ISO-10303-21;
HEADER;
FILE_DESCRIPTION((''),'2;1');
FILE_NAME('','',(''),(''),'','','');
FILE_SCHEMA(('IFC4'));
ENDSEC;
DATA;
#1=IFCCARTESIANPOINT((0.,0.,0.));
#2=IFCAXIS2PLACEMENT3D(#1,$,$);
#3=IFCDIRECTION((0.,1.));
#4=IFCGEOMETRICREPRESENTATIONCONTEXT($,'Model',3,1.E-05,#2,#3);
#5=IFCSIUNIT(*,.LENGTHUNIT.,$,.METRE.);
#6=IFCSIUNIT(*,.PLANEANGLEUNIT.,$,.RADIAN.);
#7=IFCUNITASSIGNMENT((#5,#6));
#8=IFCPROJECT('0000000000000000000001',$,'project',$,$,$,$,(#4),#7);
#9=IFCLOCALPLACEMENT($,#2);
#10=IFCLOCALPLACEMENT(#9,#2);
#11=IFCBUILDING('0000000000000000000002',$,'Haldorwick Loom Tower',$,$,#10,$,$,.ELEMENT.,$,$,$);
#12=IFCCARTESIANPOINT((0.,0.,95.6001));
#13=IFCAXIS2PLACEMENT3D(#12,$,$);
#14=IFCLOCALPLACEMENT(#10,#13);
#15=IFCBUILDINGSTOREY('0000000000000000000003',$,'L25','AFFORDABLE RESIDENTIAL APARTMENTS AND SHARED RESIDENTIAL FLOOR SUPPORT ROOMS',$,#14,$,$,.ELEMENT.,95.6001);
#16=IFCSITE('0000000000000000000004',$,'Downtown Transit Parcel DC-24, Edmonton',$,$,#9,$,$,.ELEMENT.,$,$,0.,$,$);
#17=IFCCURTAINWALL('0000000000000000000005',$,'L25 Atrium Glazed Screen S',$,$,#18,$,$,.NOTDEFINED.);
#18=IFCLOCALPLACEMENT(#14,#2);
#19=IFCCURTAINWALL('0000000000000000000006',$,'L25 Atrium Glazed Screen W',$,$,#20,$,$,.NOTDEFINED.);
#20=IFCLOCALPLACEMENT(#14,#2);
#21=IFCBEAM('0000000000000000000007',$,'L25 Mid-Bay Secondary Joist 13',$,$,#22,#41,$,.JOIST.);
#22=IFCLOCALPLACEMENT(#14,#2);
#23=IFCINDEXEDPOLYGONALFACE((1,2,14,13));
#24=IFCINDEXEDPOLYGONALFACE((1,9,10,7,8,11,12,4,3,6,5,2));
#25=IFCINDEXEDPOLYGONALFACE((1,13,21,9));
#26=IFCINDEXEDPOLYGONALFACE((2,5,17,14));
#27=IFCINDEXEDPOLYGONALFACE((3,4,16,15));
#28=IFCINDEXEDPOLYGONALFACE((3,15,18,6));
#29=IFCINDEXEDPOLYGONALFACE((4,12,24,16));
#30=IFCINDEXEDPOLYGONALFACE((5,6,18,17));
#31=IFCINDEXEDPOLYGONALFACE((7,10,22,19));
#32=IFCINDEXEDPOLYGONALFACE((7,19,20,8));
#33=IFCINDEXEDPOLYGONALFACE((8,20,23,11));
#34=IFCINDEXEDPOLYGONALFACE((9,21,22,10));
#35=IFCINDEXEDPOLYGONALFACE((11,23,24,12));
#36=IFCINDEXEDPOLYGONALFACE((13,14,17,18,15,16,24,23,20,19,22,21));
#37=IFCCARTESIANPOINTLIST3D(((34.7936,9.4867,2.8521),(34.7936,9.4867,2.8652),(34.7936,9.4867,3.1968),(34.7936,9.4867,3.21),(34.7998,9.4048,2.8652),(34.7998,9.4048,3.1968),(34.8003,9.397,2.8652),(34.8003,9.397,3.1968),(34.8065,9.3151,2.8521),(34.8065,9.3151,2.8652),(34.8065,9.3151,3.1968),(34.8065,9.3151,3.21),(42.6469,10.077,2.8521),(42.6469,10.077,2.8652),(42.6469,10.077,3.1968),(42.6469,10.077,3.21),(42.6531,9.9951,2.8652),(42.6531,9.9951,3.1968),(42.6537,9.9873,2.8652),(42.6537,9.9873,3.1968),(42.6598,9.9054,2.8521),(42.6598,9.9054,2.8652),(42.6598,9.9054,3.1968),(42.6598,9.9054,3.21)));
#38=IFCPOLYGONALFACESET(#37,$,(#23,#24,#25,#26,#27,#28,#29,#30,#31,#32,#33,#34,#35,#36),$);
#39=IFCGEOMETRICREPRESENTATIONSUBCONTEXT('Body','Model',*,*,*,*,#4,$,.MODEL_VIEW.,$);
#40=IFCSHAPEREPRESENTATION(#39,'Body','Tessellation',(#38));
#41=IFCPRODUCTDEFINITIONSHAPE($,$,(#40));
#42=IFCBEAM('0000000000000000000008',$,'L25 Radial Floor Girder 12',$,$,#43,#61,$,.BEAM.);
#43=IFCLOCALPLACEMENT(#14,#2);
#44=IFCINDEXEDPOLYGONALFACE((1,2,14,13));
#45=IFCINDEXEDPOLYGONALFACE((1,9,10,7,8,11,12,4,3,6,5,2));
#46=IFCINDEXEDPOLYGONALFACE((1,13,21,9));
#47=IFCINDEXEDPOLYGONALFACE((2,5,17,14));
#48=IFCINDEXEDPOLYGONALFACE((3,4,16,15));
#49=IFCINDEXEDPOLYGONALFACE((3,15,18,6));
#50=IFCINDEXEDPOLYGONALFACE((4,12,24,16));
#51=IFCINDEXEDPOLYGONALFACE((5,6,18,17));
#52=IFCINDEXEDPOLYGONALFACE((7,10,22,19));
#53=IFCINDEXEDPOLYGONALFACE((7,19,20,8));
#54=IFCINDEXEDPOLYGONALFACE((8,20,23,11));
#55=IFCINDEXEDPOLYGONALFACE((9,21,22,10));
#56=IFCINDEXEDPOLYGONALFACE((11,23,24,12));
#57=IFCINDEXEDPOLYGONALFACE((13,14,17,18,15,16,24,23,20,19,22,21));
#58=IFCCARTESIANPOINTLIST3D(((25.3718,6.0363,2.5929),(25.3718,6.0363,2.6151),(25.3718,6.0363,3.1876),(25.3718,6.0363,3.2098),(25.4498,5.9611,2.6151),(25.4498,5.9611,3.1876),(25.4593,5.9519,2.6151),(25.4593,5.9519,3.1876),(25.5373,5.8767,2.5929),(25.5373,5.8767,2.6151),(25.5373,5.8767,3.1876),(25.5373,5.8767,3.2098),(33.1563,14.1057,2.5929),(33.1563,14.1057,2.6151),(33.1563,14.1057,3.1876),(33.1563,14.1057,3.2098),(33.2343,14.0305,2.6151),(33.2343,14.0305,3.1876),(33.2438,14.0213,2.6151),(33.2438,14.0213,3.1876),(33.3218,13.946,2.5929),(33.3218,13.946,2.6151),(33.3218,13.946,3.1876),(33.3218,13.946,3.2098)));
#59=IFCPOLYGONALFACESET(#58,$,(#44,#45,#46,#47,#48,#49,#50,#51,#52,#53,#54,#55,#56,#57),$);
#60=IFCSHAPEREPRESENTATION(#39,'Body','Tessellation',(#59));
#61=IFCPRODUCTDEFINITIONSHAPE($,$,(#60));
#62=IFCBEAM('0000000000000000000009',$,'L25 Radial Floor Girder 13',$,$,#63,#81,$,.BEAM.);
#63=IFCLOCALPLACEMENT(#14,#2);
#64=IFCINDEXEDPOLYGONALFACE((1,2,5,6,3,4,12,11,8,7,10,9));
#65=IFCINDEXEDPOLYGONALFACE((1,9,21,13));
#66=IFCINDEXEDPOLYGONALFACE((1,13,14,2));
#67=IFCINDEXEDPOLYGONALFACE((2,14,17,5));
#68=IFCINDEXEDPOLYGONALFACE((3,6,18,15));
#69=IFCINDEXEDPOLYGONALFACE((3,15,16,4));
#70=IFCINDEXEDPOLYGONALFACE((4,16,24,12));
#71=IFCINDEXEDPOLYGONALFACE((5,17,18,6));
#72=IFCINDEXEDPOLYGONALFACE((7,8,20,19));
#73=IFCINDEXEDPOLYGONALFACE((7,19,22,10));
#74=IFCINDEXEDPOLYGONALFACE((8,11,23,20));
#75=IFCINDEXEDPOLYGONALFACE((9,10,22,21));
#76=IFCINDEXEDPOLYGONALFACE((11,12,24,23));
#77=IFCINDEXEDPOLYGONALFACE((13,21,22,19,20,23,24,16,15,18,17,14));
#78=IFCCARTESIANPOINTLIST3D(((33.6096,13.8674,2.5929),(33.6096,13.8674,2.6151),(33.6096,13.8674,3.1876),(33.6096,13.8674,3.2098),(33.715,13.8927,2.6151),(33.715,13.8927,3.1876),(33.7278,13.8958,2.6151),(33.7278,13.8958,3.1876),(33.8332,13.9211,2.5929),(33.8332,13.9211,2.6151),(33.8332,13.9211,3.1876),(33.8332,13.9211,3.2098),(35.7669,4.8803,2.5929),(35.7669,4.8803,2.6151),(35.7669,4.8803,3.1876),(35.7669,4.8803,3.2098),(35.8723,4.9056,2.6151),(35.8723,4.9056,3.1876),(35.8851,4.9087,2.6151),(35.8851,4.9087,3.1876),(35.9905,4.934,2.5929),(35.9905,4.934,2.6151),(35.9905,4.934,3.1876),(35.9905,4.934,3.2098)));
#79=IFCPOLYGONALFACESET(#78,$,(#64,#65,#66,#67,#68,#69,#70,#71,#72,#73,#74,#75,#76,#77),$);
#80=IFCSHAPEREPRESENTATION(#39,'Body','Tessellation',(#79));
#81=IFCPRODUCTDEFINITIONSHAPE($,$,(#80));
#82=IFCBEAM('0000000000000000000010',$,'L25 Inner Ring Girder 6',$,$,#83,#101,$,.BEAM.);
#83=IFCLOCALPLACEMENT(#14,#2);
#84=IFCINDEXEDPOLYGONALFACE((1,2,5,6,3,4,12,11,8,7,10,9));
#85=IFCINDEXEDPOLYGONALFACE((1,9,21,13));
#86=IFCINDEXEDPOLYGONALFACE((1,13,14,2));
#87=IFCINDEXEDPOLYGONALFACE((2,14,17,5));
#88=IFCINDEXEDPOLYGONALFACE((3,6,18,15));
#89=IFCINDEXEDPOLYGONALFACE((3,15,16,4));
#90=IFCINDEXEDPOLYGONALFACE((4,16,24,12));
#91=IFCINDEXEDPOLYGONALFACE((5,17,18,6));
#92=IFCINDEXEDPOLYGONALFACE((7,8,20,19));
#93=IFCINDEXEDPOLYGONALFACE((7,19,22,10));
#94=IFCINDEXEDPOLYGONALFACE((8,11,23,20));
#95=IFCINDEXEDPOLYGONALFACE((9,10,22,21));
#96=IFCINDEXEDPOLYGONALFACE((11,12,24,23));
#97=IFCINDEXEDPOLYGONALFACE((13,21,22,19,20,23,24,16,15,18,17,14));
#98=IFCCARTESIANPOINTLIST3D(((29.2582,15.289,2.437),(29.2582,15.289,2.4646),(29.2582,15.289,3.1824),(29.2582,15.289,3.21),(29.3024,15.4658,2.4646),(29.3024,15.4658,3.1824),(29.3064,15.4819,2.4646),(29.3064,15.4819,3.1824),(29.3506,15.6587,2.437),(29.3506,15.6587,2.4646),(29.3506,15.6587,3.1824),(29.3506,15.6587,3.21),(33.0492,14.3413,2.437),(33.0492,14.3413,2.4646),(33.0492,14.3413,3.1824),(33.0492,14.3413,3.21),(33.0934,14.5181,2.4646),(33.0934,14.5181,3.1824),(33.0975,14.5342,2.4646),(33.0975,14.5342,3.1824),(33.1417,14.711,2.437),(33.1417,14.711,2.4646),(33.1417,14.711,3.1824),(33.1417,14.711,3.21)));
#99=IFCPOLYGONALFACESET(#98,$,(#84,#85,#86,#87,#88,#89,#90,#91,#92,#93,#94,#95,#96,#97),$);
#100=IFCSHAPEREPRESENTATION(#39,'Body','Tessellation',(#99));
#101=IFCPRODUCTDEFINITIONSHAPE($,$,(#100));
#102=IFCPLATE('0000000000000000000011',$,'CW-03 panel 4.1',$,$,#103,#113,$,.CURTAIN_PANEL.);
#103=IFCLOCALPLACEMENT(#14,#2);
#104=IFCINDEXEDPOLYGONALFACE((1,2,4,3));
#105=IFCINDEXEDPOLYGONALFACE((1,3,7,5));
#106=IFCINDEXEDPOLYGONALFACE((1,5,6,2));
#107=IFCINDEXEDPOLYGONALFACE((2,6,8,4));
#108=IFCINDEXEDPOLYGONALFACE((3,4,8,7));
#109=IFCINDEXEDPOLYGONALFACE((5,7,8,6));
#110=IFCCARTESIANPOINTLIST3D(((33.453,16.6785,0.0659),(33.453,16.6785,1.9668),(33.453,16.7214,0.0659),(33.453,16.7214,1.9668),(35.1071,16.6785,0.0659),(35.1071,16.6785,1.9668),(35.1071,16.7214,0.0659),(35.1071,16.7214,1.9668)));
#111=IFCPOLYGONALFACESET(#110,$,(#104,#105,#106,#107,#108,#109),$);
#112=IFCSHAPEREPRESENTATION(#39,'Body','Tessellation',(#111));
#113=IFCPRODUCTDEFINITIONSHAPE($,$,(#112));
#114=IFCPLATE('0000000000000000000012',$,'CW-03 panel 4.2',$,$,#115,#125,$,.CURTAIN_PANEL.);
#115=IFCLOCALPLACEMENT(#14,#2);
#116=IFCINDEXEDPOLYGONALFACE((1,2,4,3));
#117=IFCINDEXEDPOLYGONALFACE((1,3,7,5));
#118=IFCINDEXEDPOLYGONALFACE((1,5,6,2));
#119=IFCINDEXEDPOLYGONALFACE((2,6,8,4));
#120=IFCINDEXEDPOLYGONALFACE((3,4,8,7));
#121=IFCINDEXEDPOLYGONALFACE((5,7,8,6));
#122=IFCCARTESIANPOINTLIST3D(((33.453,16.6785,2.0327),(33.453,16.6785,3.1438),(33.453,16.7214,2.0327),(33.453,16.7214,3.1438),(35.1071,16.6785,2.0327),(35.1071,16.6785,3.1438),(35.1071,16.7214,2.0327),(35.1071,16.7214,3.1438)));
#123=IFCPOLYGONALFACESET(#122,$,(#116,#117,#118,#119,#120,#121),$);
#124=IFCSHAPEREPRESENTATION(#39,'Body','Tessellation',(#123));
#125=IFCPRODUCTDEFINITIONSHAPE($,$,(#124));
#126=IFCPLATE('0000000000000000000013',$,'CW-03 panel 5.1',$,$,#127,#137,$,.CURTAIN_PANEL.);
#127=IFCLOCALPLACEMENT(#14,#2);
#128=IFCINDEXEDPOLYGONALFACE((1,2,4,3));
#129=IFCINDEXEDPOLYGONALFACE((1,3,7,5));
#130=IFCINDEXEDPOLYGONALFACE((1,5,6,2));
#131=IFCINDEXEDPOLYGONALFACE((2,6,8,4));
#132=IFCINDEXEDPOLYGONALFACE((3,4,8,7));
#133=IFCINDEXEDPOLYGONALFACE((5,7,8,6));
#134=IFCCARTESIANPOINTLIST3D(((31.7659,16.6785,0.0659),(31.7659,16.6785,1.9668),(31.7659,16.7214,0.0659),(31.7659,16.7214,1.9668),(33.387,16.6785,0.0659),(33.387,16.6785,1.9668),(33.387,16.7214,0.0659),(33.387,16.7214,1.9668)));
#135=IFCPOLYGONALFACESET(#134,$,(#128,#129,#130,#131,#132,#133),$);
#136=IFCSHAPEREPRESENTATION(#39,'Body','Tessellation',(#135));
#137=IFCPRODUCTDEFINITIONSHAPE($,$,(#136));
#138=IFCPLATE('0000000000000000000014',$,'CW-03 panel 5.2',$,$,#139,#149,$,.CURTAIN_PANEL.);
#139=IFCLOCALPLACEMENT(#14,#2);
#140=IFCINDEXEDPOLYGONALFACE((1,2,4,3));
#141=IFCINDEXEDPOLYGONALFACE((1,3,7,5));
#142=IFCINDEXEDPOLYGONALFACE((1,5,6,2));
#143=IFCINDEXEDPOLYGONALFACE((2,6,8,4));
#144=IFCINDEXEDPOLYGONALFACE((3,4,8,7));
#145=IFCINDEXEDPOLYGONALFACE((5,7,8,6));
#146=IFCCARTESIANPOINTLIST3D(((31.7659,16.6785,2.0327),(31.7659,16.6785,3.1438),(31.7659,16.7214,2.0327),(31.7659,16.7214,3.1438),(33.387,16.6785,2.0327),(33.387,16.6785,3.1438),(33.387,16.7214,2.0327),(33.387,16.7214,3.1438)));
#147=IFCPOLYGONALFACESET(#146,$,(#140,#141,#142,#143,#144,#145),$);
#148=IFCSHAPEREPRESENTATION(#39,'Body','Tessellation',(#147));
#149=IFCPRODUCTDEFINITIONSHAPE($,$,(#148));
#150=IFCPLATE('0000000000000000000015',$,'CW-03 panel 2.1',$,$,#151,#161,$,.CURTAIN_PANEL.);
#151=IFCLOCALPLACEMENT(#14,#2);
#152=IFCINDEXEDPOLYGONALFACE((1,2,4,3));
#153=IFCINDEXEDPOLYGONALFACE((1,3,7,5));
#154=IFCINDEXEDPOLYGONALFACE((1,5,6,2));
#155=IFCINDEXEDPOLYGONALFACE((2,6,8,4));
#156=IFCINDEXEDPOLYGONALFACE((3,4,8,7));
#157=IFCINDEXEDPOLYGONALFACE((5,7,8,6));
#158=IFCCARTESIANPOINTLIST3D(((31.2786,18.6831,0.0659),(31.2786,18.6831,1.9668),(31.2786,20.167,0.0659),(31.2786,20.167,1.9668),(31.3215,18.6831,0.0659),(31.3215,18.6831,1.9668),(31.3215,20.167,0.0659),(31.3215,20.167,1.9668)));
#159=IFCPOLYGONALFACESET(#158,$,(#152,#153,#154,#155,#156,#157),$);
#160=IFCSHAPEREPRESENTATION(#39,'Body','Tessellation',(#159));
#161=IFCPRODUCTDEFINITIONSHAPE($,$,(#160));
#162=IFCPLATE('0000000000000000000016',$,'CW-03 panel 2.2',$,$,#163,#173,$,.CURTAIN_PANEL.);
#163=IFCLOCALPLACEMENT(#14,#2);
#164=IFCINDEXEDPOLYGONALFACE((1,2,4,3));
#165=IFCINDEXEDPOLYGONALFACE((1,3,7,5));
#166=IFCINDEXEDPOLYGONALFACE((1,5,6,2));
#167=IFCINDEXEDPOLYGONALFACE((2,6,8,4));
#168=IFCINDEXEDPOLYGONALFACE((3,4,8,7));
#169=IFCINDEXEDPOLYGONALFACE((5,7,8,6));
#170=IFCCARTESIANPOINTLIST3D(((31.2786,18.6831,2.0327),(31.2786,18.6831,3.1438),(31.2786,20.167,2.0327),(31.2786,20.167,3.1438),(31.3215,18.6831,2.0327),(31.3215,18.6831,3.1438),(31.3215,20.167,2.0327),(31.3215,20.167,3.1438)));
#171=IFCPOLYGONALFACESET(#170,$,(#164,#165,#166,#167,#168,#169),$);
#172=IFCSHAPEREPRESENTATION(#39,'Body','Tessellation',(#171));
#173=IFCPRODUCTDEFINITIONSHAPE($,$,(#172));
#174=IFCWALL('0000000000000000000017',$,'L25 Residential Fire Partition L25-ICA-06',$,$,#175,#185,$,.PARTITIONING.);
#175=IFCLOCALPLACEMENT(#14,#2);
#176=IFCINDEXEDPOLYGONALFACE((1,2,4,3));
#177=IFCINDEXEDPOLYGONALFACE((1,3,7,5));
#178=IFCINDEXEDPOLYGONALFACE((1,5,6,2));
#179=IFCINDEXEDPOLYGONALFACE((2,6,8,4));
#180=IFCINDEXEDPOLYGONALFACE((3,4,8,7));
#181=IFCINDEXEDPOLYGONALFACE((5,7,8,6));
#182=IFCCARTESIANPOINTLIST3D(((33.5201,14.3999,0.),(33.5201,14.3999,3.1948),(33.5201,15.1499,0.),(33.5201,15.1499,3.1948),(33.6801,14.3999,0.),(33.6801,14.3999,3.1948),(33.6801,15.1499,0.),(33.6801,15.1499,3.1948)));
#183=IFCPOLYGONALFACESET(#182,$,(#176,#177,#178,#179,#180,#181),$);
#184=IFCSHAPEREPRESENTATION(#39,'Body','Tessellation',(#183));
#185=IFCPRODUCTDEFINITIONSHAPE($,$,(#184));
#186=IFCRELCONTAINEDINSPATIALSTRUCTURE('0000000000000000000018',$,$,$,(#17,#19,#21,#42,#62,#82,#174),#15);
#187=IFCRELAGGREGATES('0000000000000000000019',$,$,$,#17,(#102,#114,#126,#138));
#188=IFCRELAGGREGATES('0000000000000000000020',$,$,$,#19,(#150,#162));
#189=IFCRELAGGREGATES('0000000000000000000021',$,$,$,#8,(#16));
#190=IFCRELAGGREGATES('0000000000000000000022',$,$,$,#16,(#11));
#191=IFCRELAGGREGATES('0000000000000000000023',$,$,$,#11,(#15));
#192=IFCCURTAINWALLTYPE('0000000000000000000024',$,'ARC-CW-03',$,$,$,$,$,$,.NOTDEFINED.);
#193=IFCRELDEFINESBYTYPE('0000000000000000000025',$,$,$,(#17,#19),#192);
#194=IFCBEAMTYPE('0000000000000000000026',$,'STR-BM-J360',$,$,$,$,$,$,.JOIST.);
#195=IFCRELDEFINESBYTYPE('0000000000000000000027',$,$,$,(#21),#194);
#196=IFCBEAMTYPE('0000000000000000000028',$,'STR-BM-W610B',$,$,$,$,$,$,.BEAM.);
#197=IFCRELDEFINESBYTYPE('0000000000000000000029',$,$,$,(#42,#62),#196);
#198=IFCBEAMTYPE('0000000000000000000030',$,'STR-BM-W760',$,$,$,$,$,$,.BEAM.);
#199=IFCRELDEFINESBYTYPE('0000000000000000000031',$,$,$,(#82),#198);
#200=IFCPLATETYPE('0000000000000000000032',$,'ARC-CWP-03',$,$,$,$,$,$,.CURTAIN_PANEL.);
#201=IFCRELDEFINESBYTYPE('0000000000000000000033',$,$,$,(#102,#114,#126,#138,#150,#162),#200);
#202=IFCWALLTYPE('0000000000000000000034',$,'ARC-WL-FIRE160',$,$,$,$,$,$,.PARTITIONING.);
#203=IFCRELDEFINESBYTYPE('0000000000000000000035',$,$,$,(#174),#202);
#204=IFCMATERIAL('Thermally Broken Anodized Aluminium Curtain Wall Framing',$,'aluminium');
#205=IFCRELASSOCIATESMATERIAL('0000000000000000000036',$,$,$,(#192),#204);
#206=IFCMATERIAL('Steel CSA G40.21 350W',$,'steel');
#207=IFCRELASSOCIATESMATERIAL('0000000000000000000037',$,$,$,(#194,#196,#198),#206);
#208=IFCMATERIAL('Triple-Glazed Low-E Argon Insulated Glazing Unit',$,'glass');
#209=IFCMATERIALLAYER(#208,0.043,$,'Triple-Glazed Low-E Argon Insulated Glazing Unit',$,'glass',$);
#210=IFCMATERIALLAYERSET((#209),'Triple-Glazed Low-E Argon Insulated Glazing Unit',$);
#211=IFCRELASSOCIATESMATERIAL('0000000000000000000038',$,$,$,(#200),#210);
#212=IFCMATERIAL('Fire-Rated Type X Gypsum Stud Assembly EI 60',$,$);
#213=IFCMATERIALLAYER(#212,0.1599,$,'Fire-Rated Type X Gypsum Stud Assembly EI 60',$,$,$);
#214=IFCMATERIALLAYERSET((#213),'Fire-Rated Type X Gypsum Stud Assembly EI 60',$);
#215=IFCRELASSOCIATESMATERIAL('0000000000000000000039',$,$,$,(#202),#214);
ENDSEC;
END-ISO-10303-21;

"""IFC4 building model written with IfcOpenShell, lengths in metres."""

from ifc_helpers import new_model, si_unit, direction, frame, frame_2d, origin, origin_2d, place, context, subcontext, project, spatial, rectangle, i_section, extrude, material, layer, layer_set, material_profile, profile_set, type_object, element, aggregate, save


model = new_model("IFC4")

# Units and contexts
model_context = context("Model", 3, precision=1e-05, world=origin(), true_north=direction((0.0, 1.0)))
body_context = subcontext(model_context, "Body", "Model", "MODEL_VIEW")
ifc_project = project(units=[si_unit("LENGTHUNIT", "METRE"), si_unit("PLANEANGLEUNIT", "RADIAN")], contexts=[model_context])

# Site, building, storey
site_placement = place(None, origin())
site = spatial("IfcSite", under=ifc_project, at=site_placement, Name="Downtown Transit Parcel DC-24, Edmonton", CompositionType="ELEMENT", RefElevation=0.0)
building_placement = place(site_placement, origin())
building = spatial("IfcBuilding", under=site, at=building_placement, Name="Haldorwick Loom Tower", CompositionType="ELEMENT")
storey_placement = place(building_placement, frame((0.0, 0.0, 95.6001)))
storey = spatial("IfcBuildingStorey", under=building, at=storey_placement, Name="L25", Description="AFFORDABLE RESIDENTIAL APARTMENTS AND SHARED RESIDENTIAL FLOOR SUPPORT ROOMS", CompositionType="ELEMENT", Elevation=95.6001)

# Curtain wall
ifc_material_1 = material(Name="Thermally Broken Anodized Aluminium Curtain Wall Framing", Category="aluminium")
curtain_wall_type = type_object("IfcCurtainWallType", Name="ARC-CW-03", PredefinedType="NOTDEFINED", material=ifc_material_1)
curtain_wall_1_placement = place(storey_placement, origin())
curtain_wall_1 = element("IfcCurtainWall", 1, at=curtain_wall_1_placement, inside=storey, type_object=curtain_wall_type, Name="L25 Atrium Glazed Screen S", PredefinedType="NOTDEFINED")

# Curtain wall
curtain_wall_2_placement = place(storey_placement, origin())
curtain_wall_2 = element("IfcCurtainWall", 2, at=curtain_wall_2_placement, inside=storey, type_object=curtain_wall_type, Name="L25 Atrium Glazed Screen W", PredefinedType="NOTDEFINED")

# Beams
ifc_material_2 = material(Name="Steel CSA G40.21 350W", Category="steel")
ifc_material_profile_1 = material_profile(ifc_material_2, i_section(OverallWidth=0.1721, OverallDepth=0.3579, WebThickness=0.0078, FlangeThickness=0.0132, at=origin_2d()), Name="W360X57", Category="steel")
ifc_profile_set_1 = profile_set([ifc_material_profile_1], Name="Steel CSA G40.21 350W")
beam_type_1 = type_object("IfcBeamType", Name="STR-BM-J360", PredefinedType="JOIST", material=ifc_profile_set_1)
beam_1_placement = place(storey_placement, frame((34.8, 9.4009, 3.031), z_axis=(0.997187, 0.074959, 0.0), x_axis=(-0.074959, 0.997187, 0.0)))
element("IfcBeam", 3, at=beam_1_placement, inside=storey, type_object=beam_type_1, Name="L25 Mid-Bay Secondary Joist 13", PredefinedType="JOIST", context=body_context, shape_type="SweptSolid", body=[
    extrude(i_section(OverallWidth=0.1721, OverallDepth=0.3579, WebThickness=0.0078, FlangeThickness=0.0132, at=origin_2d()), origin(), (0.0, 0.0, 1.0), 7.8755),
])
ifc_material_profile_2 = material_profile(ifc_material_2, i_section(OverallWidth=0.23, OverallDepth=0.6169, WebThickness=0.0132, FlangeThickness=0.0222, at=origin_2d()), Name="W610X140", Category="steel")
ifc_profile_set_2 = profile_set([ifc_material_profile_2], Name="Steel CSA G40.21 350W")
beam_type_2 = type_object("IfcBeamType", Name="STR-BM-W610B", PredefinedType="BEAM", material=ifc_profile_set_2)
beam_2_placement = place(storey_placement, frame((33.239, 14.0259, 2.9014), z_axis=(-0.694287, -0.719698, 0.0), x_axis=(0.719698, -0.694287, 0.0)))
element("IfcBeam", 4, at=beam_2_placement, inside=storey, type_object=beam_type_2, Name="L25 Radial Floor Girder 12", PredefinedType="BEAM", context=body_context, shape_type="SweptSolid", body=[
    extrude(i_section(OverallWidth=0.23, OverallDepth=0.6169, WebThickness=0.0132, FlangeThickness=0.0222, at=origin_2d()), origin(), (0.0, 0.0, 1.0), 11.2122),
])
beam_3_placement = place(storey_placement, frame((33.7214, 13.8943, 2.9014), z_axis=(0.233407, -0.972379, 0.0), x_axis=(0.972379, 0.233407, 0.0)))
element("IfcBeam", 5, at=beam_3_placement, inside=storey, type_object=beam_type_2, Name="L25 Radial Floor Girder 13", PredefinedType="BEAM", context=body_context, shape_type="SweptSolid", body=[
    extrude(i_section(OverallWidth=0.23, OverallDepth=0.6169, WebThickness=0.0132, FlangeThickness=0.0222, at=origin_2d()), origin(), (0.0, 0.0, 1.0), 9.2424),
])
ifc_material_profile_3 = material_profile(ifc_material_2, i_section(OverallWidth=0.3811, OverallDepth=0.7729, WebThickness=0.0166, FlangeThickness=0.0276, at=origin_2d()), Name="W760X257", Category="steel")
ifc_profile_set_3 = profile_set([ifc_material_profile_3], Name="Steel CSA G40.21 350W")
beam_type_3 = type_object("IfcBeamType", Name="STR-BM-W760", PredefinedType="BEAM", material=ifc_profile_set_3)
beam_4_placement = place(storey_placement, frame((33.0955, 14.5261, 2.8235), z_axis=(-0.970143, 0.242536, 0.0), x_axis=(-0.242536, -0.970143, 0.0)))
element("IfcBeam", 6, at=beam_4_placement, inside=storey, type_object=beam_type_3, Name="L25 Inner Ring Girder 6", PredefinedType="BEAM", context=body_context, shape_type="SweptSolid", body=[
    extrude(i_section(OverallWidth=0.3811, OverallDepth=0.7729, WebThickness=0.0166, FlangeThickness=0.0276, at=origin_2d()), origin(), (0.0, 0.0, 1.0), 3.9077),
])

# Plates
ifc_material_3 = material(Name="Triple-Glazed Low-E Argon Insulated Glazing Unit", Category="glass")
ifc_layer_1 = layer(ifc_material_3, 0.043, Name="Triple-Glazed Low-E Argon Insulated Glazing Unit", Category="glass")
ifc_layer_set_1 = layer_set([ifc_layer_1], Name="Triple-Glazed Low-E Argon Insulated Glazing Unit")
plate_type = type_object("IfcPlateType", Name="ARC-CWP-03", PredefinedType="CURTAIN_PANEL", material=ifc_layer_set_1)
plate_1_placement = place(storey_placement, frame((34.28, 16.7, 0.0659), z_axis=(0.0, 0.0, 1.0), x_axis=(-1.0, 0.0, 0.0)))
plate_1 = element("IfcPlate", 7, at=plate_1_placement, type_object=plate_type, Name="CW-03 panel 4.1", PredefinedType="CURTAIN_PANEL", context=body_context, shape_type="SweptSolid", body=[
    extrude(rectangle(XDim=1.6541, YDim=0.043, at=origin_2d()), origin(), (0.0, 0.0, 1.0), 1.9009),
])
plate_2_placement = place(storey_placement, frame((34.28, 16.7, 2.0327), z_axis=(0.0, 0.0, 1.0), x_axis=(-1.0, 0.0, 0.0)))
plate_2 = element("IfcPlate", 8, at=plate_2_placement, type_object=plate_type, Name="CW-03 panel 4.2", PredefinedType="CURTAIN_PANEL", context=body_context, shape_type="SweptSolid", body=[
    extrude(rectangle(XDim=1.6541, YDim=0.043, at=origin_2d()), origin(), (0.0, 0.0, 1.0), 1.1111),
])
plate_3_placement = place(storey_placement, frame((32.5764, 16.7, 0.0659), z_axis=(0.0, 0.0, 1.0), x_axis=(-1.0, 0.0, 0.0)))
plate_3 = element("IfcPlate", 9, at=plate_3_placement, type_object=plate_type, Name="CW-03 panel 5.1", PredefinedType="CURTAIN_PANEL", context=body_context, shape_type="SweptSolid", body=[
    extrude(rectangle(XDim=1.6211, YDim=0.043, at=origin_2d()), origin(), (0.0, 0.0, 1.0), 1.9009),
])
plate_4_placement = place(storey_placement, frame((32.5764, 16.7, 2.0327), z_axis=(0.0, 0.0, 1.0), x_axis=(-1.0, 0.0, 0.0)))
plate_4 = element("IfcPlate", 10, at=plate_4_placement, type_object=plate_type, Name="CW-03 panel 5.2", PredefinedType="CURTAIN_PANEL", context=body_context, shape_type="SweptSolid", body=[
    extrude(rectangle(XDim=1.6211, YDim=0.043, at=origin_2d()), origin(), (0.0, 0.0, 1.0), 1.1111),
])
aggregate(curtain_wall_1, [plate_1, plate_2, plate_3, plate_4])
plate_5_placement = place(storey_placement, frame((31.3, 19.425, 0.0659), z_axis=(0.0, 0.0, 1.0), x_axis=(0.0, 1.0, 0.0)))
plate_5 = element("IfcPlate", 11, at=plate_5_placement, type_object=plate_type, Name="CW-03 panel 2.1", PredefinedType="CURTAIN_PANEL", context=body_context, shape_type="SweptSolid", body=[
    extrude(rectangle(XDim=1.4839, YDim=0.043, at=origin_2d()), origin(), (0.0, 0.0, 1.0), 1.9009),
])
plate_6_placement = place(storey_placement, frame((31.3, 19.425, 2.0327), z_axis=(0.0, 0.0, 1.0), x_axis=(0.0, 1.0, 0.0)))
plate_6 = element("IfcPlate", 12, at=plate_6_placement, type_object=plate_type, Name="CW-03 panel 2.2", PredefinedType="CURTAIN_PANEL", context=body_context, shape_type="SweptSolid", body=[
    extrude(rectangle(XDim=1.4839, YDim=0.043, at=origin_2d()), origin(), (0.0, 0.0, 1.0), 1.1111),
])
aggregate(curtain_wall_2, [plate_5, plate_6])

# Wall
ifc_material_4 = material(Name="Fire-Rated Type X Gypsum Stud Assembly EI 60")
ifc_layer_2 = layer(ifc_material_4, 0.1599, Name="Fire-Rated Type X Gypsum Stud Assembly EI 60")
ifc_layer_set_2 = layer_set([ifc_layer_2], Name="Fire-Rated Type X Gypsum Stud Assembly EI 60")
wall_type = type_object("IfcWallType", Name="ARC-WL-FIRE160", PredefinedType="PARTITIONING", material=ifc_layer_set_2)
wall_placement = place(storey_placement, frame((33.6001, 15.1499, 0.0), z_axis=(0.0, 0.0, 1.0), x_axis=(0.0, -1.0, 0.0)))
element("IfcWall", 13, at=wall_placement, inside=storey, type_object=wall_type, Name="L25 Residential Fire Partition L25-ICA-06", PredefinedType="PARTITIONING", context=body_context, shape_type="SweptSolid", body=[
    extrude(rectangle(XDim=0.75, YDim=0.1599, at=frame_2d((0.375, 0.0))), origin(), (0.0, 0.0, 1.0), 3.1948),
])

save(model, "model.ifc")
